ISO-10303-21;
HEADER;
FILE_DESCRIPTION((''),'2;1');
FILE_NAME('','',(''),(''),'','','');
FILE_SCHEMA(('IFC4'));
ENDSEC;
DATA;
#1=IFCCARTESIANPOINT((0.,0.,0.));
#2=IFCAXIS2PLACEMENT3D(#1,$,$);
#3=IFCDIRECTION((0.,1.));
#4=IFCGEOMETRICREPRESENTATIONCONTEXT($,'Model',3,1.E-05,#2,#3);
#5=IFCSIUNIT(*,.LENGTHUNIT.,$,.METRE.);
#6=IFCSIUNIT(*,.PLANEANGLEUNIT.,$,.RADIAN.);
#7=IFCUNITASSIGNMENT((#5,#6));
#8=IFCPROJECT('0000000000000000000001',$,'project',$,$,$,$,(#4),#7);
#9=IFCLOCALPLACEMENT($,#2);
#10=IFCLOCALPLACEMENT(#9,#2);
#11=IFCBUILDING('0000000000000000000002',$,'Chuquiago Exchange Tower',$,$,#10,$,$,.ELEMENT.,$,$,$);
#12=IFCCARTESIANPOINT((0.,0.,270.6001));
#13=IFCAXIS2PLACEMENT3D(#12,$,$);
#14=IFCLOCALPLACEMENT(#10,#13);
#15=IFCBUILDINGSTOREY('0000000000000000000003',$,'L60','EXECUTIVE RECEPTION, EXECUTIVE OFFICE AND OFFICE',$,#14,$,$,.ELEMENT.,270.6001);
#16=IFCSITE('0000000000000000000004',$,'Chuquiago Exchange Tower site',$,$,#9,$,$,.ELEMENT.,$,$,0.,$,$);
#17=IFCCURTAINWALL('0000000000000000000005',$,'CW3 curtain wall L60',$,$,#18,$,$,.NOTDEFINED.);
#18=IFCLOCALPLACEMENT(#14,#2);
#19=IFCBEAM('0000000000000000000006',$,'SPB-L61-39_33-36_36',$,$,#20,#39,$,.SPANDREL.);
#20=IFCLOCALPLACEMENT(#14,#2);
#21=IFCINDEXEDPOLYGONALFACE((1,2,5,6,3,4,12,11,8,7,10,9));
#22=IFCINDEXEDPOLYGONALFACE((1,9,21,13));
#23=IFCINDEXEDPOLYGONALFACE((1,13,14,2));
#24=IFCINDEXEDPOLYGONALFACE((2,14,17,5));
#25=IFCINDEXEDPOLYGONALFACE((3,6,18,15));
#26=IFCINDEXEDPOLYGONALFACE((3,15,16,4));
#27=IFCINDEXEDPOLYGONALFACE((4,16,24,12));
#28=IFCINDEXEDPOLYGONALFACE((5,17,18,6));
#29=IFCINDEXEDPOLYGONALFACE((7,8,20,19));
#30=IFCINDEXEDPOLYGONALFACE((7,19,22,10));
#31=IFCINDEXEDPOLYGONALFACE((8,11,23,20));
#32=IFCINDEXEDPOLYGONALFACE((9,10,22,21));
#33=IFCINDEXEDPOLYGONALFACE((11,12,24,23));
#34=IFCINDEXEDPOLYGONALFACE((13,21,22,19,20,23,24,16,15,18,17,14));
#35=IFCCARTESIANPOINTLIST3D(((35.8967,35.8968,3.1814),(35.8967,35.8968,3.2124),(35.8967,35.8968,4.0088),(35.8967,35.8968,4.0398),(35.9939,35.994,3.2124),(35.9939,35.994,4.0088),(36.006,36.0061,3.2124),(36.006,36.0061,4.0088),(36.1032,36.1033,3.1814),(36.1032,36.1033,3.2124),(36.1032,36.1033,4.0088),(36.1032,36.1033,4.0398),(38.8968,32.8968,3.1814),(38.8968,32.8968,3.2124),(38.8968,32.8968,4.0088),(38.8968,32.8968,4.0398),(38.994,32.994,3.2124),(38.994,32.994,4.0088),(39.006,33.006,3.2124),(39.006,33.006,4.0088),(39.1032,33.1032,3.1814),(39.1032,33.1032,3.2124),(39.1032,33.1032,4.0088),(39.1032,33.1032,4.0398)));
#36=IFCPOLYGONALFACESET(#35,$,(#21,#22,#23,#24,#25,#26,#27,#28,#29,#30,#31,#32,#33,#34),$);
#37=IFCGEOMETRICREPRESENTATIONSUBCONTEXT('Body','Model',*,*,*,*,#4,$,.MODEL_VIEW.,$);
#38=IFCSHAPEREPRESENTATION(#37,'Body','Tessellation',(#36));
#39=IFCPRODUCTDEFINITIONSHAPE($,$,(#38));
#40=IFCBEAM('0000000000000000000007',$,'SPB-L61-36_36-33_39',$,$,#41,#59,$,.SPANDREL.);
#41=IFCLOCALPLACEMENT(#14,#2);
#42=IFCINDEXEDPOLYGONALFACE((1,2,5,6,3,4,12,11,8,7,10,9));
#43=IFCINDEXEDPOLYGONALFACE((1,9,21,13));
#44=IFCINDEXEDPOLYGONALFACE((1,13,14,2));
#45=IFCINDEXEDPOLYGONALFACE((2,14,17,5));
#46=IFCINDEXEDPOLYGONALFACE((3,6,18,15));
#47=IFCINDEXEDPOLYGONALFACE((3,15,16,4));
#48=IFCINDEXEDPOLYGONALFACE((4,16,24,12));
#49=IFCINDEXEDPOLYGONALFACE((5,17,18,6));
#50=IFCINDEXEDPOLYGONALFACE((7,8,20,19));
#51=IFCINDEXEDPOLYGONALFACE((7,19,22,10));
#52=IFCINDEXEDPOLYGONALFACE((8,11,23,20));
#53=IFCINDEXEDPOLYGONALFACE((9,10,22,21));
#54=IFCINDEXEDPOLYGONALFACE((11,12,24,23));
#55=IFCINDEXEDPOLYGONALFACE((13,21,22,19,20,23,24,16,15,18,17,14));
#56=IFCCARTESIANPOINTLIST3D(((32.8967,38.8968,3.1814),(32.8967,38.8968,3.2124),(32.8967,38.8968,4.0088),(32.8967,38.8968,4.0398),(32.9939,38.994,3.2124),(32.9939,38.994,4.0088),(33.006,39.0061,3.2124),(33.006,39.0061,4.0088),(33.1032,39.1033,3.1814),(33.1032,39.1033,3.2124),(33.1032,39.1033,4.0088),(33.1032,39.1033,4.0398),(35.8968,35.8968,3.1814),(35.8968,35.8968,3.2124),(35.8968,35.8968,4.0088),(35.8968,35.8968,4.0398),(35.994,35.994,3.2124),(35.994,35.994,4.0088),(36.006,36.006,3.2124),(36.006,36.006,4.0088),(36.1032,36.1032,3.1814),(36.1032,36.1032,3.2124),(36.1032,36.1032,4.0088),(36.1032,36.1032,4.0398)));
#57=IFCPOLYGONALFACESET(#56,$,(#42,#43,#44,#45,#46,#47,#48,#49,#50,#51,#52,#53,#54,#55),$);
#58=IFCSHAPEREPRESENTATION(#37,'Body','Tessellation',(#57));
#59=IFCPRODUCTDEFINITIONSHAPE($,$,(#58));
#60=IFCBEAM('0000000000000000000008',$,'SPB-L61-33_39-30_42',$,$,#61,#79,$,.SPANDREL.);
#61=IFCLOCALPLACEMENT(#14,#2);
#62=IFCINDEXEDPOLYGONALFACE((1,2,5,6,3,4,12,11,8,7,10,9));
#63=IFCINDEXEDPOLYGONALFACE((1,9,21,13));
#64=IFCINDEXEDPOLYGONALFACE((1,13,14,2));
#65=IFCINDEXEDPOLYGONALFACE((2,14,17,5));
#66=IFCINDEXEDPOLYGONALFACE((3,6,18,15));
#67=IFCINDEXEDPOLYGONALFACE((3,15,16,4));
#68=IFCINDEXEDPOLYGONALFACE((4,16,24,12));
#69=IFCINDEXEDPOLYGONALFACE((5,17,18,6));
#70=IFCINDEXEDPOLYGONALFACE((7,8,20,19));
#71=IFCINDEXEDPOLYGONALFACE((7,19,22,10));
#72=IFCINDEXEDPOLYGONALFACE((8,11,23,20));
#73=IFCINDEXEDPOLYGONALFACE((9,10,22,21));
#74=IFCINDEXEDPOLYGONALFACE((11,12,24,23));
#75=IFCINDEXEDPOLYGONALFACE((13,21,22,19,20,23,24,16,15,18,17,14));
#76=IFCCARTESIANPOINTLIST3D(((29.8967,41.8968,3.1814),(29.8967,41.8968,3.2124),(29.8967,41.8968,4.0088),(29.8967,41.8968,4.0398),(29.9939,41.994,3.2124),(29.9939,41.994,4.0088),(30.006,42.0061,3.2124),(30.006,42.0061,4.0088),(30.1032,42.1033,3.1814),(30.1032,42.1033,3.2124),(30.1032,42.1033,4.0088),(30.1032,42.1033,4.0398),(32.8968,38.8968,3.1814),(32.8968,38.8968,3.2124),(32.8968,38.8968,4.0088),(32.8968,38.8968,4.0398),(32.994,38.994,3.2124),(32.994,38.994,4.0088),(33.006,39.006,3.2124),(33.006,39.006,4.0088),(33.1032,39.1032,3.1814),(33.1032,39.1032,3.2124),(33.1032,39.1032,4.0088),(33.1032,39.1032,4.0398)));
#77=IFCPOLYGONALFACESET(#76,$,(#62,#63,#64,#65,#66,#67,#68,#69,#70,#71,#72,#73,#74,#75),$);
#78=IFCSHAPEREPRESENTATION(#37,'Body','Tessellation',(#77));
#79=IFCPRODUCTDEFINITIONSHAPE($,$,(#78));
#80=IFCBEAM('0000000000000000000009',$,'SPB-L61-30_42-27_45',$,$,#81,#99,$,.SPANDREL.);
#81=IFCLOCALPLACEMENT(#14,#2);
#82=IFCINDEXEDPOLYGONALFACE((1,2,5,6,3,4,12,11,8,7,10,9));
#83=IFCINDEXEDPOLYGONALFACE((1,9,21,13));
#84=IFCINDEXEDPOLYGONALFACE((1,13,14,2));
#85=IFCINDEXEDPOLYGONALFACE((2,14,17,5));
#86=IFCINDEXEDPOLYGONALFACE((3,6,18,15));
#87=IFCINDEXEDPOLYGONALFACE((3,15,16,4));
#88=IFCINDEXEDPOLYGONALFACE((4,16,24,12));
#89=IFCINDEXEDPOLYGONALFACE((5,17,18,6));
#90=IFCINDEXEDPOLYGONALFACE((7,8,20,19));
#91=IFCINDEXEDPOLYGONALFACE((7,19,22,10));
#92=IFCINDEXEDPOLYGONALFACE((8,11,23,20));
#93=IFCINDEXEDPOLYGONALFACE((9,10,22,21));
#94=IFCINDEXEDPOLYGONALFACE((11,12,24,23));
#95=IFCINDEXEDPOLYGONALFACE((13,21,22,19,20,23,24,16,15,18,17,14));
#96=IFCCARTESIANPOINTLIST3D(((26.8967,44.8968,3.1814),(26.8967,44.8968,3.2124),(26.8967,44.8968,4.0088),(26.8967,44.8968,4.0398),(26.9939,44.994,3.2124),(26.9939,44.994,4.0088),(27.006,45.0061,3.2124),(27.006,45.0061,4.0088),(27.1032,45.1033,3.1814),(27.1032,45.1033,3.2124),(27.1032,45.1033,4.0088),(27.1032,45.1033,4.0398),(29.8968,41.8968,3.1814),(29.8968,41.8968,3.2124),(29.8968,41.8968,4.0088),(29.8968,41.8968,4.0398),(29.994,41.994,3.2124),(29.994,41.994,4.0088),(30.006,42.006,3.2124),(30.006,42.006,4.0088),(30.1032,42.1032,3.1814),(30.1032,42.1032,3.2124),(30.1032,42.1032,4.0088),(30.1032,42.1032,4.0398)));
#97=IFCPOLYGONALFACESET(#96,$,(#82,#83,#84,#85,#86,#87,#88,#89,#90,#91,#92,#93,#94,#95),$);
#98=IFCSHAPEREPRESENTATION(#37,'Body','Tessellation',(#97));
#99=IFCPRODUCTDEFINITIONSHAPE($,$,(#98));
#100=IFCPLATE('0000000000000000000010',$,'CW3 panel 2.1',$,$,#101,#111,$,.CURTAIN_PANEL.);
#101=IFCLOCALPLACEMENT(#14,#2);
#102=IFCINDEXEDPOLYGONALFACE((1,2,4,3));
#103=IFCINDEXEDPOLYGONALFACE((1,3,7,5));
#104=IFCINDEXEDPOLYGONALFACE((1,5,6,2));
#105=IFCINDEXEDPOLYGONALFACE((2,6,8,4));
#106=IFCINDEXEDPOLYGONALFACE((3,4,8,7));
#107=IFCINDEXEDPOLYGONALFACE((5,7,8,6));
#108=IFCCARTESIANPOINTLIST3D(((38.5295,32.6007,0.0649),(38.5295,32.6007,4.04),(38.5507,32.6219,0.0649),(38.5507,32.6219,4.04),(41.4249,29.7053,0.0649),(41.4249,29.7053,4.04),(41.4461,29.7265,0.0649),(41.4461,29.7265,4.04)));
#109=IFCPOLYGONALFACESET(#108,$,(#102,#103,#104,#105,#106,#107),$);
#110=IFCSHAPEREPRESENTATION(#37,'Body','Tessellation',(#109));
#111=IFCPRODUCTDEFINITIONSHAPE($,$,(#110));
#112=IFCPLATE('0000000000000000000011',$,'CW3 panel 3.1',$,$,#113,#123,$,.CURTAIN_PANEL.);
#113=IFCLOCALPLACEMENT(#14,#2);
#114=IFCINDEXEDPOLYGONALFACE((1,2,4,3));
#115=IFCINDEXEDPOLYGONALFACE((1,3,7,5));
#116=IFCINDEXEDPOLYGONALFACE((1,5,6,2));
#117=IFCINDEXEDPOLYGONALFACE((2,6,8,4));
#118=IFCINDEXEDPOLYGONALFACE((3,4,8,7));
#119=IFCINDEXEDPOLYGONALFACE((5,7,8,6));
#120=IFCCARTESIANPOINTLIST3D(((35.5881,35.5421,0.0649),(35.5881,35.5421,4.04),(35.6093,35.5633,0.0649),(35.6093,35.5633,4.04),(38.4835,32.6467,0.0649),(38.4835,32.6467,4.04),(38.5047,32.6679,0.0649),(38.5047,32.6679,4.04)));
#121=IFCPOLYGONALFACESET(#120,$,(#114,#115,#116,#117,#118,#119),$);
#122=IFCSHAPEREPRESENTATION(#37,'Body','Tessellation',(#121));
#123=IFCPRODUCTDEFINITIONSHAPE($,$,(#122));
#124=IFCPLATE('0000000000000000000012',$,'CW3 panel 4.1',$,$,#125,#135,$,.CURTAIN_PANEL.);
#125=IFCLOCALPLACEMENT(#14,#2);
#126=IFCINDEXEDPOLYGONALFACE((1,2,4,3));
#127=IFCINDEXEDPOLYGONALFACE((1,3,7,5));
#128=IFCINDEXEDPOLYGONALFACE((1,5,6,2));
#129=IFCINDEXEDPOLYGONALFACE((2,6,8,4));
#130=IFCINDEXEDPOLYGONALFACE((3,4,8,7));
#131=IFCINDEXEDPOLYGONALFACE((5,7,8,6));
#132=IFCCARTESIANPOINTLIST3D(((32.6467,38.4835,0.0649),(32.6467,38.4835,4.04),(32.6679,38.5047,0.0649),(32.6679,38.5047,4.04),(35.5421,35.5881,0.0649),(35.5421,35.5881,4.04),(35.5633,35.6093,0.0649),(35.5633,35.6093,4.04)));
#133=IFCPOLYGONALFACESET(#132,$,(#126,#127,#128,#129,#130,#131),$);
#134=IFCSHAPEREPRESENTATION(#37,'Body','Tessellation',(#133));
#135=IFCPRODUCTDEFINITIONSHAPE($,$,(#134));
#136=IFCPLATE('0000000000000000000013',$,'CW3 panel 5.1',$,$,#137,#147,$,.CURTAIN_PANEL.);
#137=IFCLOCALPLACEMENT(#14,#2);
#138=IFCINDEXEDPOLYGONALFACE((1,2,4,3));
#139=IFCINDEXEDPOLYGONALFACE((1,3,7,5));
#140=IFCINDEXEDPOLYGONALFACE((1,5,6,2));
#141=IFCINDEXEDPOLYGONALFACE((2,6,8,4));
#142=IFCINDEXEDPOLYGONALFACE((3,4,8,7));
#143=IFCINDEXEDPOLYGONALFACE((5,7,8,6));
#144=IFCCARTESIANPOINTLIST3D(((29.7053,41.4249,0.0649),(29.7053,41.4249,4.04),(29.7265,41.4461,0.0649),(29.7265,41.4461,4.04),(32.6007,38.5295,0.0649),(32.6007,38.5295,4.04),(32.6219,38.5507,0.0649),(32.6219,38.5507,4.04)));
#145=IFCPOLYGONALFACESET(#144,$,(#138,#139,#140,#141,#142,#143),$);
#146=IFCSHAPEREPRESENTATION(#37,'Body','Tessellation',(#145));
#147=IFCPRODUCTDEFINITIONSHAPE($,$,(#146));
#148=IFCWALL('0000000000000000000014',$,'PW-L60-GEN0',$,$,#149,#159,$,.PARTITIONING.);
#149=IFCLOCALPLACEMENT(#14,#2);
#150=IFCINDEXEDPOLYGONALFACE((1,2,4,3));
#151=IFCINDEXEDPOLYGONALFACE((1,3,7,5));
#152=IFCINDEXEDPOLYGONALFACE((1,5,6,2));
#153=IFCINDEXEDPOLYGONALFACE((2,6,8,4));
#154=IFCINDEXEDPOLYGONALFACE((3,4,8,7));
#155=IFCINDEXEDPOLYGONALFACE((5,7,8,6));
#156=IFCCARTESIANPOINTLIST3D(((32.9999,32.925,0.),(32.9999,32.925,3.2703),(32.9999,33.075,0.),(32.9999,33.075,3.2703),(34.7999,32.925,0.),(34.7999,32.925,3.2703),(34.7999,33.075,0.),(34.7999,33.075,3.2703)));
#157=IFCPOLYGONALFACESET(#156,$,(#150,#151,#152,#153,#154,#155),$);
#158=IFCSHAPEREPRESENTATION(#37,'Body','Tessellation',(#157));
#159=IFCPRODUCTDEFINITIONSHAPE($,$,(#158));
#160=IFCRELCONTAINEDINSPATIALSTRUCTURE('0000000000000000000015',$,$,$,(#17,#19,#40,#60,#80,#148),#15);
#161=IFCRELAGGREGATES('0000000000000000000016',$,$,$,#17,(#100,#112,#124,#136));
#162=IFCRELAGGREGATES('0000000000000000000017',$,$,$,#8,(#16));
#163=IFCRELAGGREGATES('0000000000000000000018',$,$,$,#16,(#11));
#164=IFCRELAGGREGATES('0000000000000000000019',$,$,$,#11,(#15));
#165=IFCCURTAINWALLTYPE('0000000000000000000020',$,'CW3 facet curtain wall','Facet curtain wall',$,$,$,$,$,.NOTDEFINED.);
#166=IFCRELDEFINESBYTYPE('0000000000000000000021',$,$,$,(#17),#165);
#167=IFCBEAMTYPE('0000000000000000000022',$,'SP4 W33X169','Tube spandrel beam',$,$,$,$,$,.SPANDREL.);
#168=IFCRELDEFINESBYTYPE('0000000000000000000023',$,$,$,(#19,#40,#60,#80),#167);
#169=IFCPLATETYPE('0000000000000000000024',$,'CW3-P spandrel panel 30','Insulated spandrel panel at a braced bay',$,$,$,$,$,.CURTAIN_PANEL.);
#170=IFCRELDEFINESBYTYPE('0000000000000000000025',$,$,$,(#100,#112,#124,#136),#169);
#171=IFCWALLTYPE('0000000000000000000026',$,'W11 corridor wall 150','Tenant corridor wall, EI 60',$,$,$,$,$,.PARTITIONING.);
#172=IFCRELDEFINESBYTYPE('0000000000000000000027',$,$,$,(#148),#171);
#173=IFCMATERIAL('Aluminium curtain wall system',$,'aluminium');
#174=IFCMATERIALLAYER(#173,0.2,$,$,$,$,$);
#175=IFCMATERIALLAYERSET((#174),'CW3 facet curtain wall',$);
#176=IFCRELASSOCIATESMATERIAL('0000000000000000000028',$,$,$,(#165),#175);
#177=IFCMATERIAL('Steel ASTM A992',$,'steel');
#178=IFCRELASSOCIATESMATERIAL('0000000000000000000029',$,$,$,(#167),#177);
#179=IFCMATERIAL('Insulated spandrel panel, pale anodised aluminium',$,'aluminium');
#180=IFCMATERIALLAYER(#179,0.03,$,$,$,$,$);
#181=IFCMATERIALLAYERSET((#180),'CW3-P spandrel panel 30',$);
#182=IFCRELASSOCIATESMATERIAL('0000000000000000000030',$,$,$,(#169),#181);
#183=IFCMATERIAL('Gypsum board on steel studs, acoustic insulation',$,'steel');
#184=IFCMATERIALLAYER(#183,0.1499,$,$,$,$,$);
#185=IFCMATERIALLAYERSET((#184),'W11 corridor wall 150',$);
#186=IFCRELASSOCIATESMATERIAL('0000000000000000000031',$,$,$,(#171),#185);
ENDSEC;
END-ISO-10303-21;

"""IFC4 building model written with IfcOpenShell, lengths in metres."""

from ifc_helpers import new_model, si_unit, direction, frame, frame_2d, origin, origin_2d, place, context, subcontext, project, spatial, rectangle, i_section, extrude, material, layer, layer_set, material_profile, profile_set, type_object, element, aggregate, save


model = new_model("IFC4")

# Units and contexts
model_context = context("Model", 3, precision=1e-05, world=origin(), true_north=direction((0.0, 1.0)))
body_context = subcontext(model_context, "Body", "Model", "MODEL_VIEW")
ifc_project = project(units=[si_unit("LENGTHUNIT", "METRE"), si_unit("PLANEANGLEUNIT", "RADIAN")], contexts=[model_context])

# Site, building, storey
site_placement = place(None, origin())
site = spatial("IfcSite", under=ifc_project, at=site_placement, Name="Chuquiago Exchange Tower site", CompositionType="ELEMENT", RefElevation=0.0)
building_placement = place(site_placement, origin())
building = spatial("IfcBuilding", under=site, at=building_placement, Name="Chuquiago Exchange Tower", CompositionType="ELEMENT")
storey_placement = place(building_placement, frame((0.0, 0.0, 270.6001)))
storey = spatial("IfcBuildingStorey", under=building, at=storey_placement, Name="L60", Description="EXECUTIVE RECEPTION, EXECUTIVE OFFICE AND OFFICE", CompositionType="ELEMENT", Elevation=270.6001)

# Curtain wall
ifc_material_1 = material(Name="Aluminium curtain wall system", Category="aluminium")
ifc_layer_1 = layer(ifc_material_1, 0.2)
ifc_layer_set_1 = layer_set([ifc_layer_1], Name="CW3 facet curtain wall")
curtain_wall_type = type_object("IfcCurtainWallType", Name="CW3 facet curtain wall", Description="Facet curtain wall", PredefinedType="NOTDEFINED", material=ifc_layer_set_1)
curtain_wall_placement = place(storey_placement, origin())
curtain_wall = element("IfcCurtainWall", 1, at=curtain_wall_placement, inside=storey, type_object=curtain_wall_type, Name="CW3 curtain wall L60", PredefinedType="NOTDEFINED")

# Beams
ifc_material_2 = material(Name="Steel ASTM A992", Category="steel")
ifc_material_profile_1 = material_profile(ifc_material_2, i_section(OverallWidth=0.292, OverallDepth=0.8584, WebThickness=0.0171, FlangeThickness=0.031, at=origin_2d()), Name="W33X169")
ifc_profile_set_1 = profile_set([ifc_material_profile_1], Name="Steel ASTM A992")
beam_type_1 = type_object("IfcBeamType", Name="SP4 W33X169", Description="Tube spandrel beam", PredefinedType="SPANDREL", material=ifc_profile_set_1)
for number, where, z_axis, x_axis, name in (
    (2, (39.0, 33.0, 3.6106), (-0.707107, 0.707107, 0.0), (-0.707107, -0.707107, 0.0), "SPB-L61-39_33-36_36"),
    (3, (36.0, 36.0, 3.6106), (-0.707107, 0.707107, 0.0), (-0.707107, -0.707107, 0.0), "SPB-L61-36_36-33_39"),
    (4, (33.0, 39.0, 3.6106), (-0.707107, 0.707107, 0.0), (-0.707107, -0.707107, 0.0), "SPB-L61-33_39-30_42"),
    (5, (30.0, 42.0, 3.6106), (-0.707107, 0.707107, 0.0), (-0.707107, -0.707107, 0.0), "SPB-L61-30_42-27_45"),
):
    element("IfcBeam", number, at=place(storey_placement, frame(where, z_axis=z_axis, x_axis=x_axis)), inside=storey, type_object=beam_type_1, Name=name, PredefinedType="SPANDREL", context=body_context, shape_type="SweptSolid", body=[
        extrude(i_section(OverallWidth=0.292, OverallDepth=0.8584, WebThickness=0.0171, FlangeThickness=0.031, at=origin_2d()), origin(), (0.0, 0.0, 1.0), 4.2427),
    ])

# Plates
ifc_material_3 = material(Name="Insulated spandrel panel, pale anodised aluminium", Category="aluminium")
ifc_layer_2 = layer(ifc_material_3, 0.03)
ifc_layer_set_2 = layer_set([ifc_layer_2], Name="CW3-P spandrel panel 30")
plate_type = type_object("IfcPlateType", Name="CW3-P spandrel panel 30", Description="Insulated spandrel panel at a braced bay", PredefinedType="CURTAIN_PANEL", material=ifc_layer_set_2)
plate_1_placement = place(storey_placement, frame((39.9878, 31.1636, 0.0649), z_axis=(0.0, 0.0, 1.0), x_axis=(-0.707107, 0.707107, 0.0)))
plate_1 = element("IfcPlate", 6, at=plate_1_placement, type_object=plate_type, Name="CW3 panel 2.1", PredefinedType="CURTAIN_PANEL", context=body_context, shape_type="SweptSolid", body=[
    extrude(rectangle(XDim=4.0947, YDim=0.03, at=origin_2d()), origin(), (0.0, 0.0, 1.0), 3.9751),
])
plate_2_placement = place(storey_placement, frame((37.0464, 34.105, 0.0649), z_axis=(0.0, 0.0, 1.0), x_axis=(-0.707107, 0.707107, 0.0)))
plate_2 = element("IfcPlate", 7, at=plate_2_placement, type_object=plate_type, Name="CW3 panel 3.1", PredefinedType="CURTAIN_PANEL", context=body_context, shape_type="SweptSolid", body=[
    extrude(rectangle(XDim=4.0947, YDim=0.03, at=origin_2d()), origin(), (0.0, 0.0, 1.0), 3.9751),
])
plate_3_placement = place(storey_placement, frame((34.105, 37.0464, 0.0649), z_axis=(0.0, 0.0, 1.0), x_axis=(-0.707107, 0.707107, 0.0)))
plate_3 = element("IfcPlate", 8, at=plate_3_placement, type_object=plate_type, Name="CW3 panel 4.1", PredefinedType="CURTAIN_PANEL", context=body_context, shape_type="SweptSolid", body=[
    extrude(rectangle(XDim=4.0947, YDim=0.03, at=origin_2d()), origin(), (0.0, 0.0, 1.0), 3.9751),
])
plate_4_placement = place(storey_placement, frame((31.1636, 39.9878, 0.0649), z_axis=(0.0, 0.0, 1.0), x_axis=(-0.707107, 0.707107, 0.0)))
plate_4 = element("IfcPlate", 9, at=plate_4_placement, type_object=plate_type, Name="CW3 panel 5.1", PredefinedType="CURTAIN_PANEL", context=body_context, shape_type="SweptSolid", body=[
    extrude(rectangle(XDim=4.0947, YDim=0.03, at=origin_2d()), origin(), (0.0, 0.0, 1.0), 3.9751),
])
aggregate(curtain_wall, [plate_1, plate_2, plate_3, plate_4])

# Wall
ifc_material_4 = material(Name="Gypsum board on steel studs, acoustic insulation", Category="steel")
ifc_layer_3 = layer(ifc_material_4, 0.1499)
ifc_layer_set_3 = layer_set([ifc_layer_3], Name="W11 corridor wall 150")
wall_type_1 = type_object("IfcWallType", Name="W11 corridor wall 150", Description="Tenant corridor wall, EI 60", PredefinedType="PARTITIONING", material=ifc_layer_set_3)
wall_1_placement = place(storey_placement, frame((33.0, 33.0, 0.0), z_axis=(0.0, 0.0, 1.0), x_axis=(1.0, 0.0, 0.0)))
element("IfcWall", 10, at=wall_1_placement, inside=storey, type_object=wall_type_1, Name="PW-L60-GEN0", PredefinedType="PARTITIONING", context=body_context, shape_type="SweptSolid", body=[
    extrude(rectangle(XDim=1.8, YDim=0.1499, at=frame_2d((0.8999, 0.0))), origin(), (0.0, 0.0, 1.0), 3.2703),
])

save(model, "model.ifc")
